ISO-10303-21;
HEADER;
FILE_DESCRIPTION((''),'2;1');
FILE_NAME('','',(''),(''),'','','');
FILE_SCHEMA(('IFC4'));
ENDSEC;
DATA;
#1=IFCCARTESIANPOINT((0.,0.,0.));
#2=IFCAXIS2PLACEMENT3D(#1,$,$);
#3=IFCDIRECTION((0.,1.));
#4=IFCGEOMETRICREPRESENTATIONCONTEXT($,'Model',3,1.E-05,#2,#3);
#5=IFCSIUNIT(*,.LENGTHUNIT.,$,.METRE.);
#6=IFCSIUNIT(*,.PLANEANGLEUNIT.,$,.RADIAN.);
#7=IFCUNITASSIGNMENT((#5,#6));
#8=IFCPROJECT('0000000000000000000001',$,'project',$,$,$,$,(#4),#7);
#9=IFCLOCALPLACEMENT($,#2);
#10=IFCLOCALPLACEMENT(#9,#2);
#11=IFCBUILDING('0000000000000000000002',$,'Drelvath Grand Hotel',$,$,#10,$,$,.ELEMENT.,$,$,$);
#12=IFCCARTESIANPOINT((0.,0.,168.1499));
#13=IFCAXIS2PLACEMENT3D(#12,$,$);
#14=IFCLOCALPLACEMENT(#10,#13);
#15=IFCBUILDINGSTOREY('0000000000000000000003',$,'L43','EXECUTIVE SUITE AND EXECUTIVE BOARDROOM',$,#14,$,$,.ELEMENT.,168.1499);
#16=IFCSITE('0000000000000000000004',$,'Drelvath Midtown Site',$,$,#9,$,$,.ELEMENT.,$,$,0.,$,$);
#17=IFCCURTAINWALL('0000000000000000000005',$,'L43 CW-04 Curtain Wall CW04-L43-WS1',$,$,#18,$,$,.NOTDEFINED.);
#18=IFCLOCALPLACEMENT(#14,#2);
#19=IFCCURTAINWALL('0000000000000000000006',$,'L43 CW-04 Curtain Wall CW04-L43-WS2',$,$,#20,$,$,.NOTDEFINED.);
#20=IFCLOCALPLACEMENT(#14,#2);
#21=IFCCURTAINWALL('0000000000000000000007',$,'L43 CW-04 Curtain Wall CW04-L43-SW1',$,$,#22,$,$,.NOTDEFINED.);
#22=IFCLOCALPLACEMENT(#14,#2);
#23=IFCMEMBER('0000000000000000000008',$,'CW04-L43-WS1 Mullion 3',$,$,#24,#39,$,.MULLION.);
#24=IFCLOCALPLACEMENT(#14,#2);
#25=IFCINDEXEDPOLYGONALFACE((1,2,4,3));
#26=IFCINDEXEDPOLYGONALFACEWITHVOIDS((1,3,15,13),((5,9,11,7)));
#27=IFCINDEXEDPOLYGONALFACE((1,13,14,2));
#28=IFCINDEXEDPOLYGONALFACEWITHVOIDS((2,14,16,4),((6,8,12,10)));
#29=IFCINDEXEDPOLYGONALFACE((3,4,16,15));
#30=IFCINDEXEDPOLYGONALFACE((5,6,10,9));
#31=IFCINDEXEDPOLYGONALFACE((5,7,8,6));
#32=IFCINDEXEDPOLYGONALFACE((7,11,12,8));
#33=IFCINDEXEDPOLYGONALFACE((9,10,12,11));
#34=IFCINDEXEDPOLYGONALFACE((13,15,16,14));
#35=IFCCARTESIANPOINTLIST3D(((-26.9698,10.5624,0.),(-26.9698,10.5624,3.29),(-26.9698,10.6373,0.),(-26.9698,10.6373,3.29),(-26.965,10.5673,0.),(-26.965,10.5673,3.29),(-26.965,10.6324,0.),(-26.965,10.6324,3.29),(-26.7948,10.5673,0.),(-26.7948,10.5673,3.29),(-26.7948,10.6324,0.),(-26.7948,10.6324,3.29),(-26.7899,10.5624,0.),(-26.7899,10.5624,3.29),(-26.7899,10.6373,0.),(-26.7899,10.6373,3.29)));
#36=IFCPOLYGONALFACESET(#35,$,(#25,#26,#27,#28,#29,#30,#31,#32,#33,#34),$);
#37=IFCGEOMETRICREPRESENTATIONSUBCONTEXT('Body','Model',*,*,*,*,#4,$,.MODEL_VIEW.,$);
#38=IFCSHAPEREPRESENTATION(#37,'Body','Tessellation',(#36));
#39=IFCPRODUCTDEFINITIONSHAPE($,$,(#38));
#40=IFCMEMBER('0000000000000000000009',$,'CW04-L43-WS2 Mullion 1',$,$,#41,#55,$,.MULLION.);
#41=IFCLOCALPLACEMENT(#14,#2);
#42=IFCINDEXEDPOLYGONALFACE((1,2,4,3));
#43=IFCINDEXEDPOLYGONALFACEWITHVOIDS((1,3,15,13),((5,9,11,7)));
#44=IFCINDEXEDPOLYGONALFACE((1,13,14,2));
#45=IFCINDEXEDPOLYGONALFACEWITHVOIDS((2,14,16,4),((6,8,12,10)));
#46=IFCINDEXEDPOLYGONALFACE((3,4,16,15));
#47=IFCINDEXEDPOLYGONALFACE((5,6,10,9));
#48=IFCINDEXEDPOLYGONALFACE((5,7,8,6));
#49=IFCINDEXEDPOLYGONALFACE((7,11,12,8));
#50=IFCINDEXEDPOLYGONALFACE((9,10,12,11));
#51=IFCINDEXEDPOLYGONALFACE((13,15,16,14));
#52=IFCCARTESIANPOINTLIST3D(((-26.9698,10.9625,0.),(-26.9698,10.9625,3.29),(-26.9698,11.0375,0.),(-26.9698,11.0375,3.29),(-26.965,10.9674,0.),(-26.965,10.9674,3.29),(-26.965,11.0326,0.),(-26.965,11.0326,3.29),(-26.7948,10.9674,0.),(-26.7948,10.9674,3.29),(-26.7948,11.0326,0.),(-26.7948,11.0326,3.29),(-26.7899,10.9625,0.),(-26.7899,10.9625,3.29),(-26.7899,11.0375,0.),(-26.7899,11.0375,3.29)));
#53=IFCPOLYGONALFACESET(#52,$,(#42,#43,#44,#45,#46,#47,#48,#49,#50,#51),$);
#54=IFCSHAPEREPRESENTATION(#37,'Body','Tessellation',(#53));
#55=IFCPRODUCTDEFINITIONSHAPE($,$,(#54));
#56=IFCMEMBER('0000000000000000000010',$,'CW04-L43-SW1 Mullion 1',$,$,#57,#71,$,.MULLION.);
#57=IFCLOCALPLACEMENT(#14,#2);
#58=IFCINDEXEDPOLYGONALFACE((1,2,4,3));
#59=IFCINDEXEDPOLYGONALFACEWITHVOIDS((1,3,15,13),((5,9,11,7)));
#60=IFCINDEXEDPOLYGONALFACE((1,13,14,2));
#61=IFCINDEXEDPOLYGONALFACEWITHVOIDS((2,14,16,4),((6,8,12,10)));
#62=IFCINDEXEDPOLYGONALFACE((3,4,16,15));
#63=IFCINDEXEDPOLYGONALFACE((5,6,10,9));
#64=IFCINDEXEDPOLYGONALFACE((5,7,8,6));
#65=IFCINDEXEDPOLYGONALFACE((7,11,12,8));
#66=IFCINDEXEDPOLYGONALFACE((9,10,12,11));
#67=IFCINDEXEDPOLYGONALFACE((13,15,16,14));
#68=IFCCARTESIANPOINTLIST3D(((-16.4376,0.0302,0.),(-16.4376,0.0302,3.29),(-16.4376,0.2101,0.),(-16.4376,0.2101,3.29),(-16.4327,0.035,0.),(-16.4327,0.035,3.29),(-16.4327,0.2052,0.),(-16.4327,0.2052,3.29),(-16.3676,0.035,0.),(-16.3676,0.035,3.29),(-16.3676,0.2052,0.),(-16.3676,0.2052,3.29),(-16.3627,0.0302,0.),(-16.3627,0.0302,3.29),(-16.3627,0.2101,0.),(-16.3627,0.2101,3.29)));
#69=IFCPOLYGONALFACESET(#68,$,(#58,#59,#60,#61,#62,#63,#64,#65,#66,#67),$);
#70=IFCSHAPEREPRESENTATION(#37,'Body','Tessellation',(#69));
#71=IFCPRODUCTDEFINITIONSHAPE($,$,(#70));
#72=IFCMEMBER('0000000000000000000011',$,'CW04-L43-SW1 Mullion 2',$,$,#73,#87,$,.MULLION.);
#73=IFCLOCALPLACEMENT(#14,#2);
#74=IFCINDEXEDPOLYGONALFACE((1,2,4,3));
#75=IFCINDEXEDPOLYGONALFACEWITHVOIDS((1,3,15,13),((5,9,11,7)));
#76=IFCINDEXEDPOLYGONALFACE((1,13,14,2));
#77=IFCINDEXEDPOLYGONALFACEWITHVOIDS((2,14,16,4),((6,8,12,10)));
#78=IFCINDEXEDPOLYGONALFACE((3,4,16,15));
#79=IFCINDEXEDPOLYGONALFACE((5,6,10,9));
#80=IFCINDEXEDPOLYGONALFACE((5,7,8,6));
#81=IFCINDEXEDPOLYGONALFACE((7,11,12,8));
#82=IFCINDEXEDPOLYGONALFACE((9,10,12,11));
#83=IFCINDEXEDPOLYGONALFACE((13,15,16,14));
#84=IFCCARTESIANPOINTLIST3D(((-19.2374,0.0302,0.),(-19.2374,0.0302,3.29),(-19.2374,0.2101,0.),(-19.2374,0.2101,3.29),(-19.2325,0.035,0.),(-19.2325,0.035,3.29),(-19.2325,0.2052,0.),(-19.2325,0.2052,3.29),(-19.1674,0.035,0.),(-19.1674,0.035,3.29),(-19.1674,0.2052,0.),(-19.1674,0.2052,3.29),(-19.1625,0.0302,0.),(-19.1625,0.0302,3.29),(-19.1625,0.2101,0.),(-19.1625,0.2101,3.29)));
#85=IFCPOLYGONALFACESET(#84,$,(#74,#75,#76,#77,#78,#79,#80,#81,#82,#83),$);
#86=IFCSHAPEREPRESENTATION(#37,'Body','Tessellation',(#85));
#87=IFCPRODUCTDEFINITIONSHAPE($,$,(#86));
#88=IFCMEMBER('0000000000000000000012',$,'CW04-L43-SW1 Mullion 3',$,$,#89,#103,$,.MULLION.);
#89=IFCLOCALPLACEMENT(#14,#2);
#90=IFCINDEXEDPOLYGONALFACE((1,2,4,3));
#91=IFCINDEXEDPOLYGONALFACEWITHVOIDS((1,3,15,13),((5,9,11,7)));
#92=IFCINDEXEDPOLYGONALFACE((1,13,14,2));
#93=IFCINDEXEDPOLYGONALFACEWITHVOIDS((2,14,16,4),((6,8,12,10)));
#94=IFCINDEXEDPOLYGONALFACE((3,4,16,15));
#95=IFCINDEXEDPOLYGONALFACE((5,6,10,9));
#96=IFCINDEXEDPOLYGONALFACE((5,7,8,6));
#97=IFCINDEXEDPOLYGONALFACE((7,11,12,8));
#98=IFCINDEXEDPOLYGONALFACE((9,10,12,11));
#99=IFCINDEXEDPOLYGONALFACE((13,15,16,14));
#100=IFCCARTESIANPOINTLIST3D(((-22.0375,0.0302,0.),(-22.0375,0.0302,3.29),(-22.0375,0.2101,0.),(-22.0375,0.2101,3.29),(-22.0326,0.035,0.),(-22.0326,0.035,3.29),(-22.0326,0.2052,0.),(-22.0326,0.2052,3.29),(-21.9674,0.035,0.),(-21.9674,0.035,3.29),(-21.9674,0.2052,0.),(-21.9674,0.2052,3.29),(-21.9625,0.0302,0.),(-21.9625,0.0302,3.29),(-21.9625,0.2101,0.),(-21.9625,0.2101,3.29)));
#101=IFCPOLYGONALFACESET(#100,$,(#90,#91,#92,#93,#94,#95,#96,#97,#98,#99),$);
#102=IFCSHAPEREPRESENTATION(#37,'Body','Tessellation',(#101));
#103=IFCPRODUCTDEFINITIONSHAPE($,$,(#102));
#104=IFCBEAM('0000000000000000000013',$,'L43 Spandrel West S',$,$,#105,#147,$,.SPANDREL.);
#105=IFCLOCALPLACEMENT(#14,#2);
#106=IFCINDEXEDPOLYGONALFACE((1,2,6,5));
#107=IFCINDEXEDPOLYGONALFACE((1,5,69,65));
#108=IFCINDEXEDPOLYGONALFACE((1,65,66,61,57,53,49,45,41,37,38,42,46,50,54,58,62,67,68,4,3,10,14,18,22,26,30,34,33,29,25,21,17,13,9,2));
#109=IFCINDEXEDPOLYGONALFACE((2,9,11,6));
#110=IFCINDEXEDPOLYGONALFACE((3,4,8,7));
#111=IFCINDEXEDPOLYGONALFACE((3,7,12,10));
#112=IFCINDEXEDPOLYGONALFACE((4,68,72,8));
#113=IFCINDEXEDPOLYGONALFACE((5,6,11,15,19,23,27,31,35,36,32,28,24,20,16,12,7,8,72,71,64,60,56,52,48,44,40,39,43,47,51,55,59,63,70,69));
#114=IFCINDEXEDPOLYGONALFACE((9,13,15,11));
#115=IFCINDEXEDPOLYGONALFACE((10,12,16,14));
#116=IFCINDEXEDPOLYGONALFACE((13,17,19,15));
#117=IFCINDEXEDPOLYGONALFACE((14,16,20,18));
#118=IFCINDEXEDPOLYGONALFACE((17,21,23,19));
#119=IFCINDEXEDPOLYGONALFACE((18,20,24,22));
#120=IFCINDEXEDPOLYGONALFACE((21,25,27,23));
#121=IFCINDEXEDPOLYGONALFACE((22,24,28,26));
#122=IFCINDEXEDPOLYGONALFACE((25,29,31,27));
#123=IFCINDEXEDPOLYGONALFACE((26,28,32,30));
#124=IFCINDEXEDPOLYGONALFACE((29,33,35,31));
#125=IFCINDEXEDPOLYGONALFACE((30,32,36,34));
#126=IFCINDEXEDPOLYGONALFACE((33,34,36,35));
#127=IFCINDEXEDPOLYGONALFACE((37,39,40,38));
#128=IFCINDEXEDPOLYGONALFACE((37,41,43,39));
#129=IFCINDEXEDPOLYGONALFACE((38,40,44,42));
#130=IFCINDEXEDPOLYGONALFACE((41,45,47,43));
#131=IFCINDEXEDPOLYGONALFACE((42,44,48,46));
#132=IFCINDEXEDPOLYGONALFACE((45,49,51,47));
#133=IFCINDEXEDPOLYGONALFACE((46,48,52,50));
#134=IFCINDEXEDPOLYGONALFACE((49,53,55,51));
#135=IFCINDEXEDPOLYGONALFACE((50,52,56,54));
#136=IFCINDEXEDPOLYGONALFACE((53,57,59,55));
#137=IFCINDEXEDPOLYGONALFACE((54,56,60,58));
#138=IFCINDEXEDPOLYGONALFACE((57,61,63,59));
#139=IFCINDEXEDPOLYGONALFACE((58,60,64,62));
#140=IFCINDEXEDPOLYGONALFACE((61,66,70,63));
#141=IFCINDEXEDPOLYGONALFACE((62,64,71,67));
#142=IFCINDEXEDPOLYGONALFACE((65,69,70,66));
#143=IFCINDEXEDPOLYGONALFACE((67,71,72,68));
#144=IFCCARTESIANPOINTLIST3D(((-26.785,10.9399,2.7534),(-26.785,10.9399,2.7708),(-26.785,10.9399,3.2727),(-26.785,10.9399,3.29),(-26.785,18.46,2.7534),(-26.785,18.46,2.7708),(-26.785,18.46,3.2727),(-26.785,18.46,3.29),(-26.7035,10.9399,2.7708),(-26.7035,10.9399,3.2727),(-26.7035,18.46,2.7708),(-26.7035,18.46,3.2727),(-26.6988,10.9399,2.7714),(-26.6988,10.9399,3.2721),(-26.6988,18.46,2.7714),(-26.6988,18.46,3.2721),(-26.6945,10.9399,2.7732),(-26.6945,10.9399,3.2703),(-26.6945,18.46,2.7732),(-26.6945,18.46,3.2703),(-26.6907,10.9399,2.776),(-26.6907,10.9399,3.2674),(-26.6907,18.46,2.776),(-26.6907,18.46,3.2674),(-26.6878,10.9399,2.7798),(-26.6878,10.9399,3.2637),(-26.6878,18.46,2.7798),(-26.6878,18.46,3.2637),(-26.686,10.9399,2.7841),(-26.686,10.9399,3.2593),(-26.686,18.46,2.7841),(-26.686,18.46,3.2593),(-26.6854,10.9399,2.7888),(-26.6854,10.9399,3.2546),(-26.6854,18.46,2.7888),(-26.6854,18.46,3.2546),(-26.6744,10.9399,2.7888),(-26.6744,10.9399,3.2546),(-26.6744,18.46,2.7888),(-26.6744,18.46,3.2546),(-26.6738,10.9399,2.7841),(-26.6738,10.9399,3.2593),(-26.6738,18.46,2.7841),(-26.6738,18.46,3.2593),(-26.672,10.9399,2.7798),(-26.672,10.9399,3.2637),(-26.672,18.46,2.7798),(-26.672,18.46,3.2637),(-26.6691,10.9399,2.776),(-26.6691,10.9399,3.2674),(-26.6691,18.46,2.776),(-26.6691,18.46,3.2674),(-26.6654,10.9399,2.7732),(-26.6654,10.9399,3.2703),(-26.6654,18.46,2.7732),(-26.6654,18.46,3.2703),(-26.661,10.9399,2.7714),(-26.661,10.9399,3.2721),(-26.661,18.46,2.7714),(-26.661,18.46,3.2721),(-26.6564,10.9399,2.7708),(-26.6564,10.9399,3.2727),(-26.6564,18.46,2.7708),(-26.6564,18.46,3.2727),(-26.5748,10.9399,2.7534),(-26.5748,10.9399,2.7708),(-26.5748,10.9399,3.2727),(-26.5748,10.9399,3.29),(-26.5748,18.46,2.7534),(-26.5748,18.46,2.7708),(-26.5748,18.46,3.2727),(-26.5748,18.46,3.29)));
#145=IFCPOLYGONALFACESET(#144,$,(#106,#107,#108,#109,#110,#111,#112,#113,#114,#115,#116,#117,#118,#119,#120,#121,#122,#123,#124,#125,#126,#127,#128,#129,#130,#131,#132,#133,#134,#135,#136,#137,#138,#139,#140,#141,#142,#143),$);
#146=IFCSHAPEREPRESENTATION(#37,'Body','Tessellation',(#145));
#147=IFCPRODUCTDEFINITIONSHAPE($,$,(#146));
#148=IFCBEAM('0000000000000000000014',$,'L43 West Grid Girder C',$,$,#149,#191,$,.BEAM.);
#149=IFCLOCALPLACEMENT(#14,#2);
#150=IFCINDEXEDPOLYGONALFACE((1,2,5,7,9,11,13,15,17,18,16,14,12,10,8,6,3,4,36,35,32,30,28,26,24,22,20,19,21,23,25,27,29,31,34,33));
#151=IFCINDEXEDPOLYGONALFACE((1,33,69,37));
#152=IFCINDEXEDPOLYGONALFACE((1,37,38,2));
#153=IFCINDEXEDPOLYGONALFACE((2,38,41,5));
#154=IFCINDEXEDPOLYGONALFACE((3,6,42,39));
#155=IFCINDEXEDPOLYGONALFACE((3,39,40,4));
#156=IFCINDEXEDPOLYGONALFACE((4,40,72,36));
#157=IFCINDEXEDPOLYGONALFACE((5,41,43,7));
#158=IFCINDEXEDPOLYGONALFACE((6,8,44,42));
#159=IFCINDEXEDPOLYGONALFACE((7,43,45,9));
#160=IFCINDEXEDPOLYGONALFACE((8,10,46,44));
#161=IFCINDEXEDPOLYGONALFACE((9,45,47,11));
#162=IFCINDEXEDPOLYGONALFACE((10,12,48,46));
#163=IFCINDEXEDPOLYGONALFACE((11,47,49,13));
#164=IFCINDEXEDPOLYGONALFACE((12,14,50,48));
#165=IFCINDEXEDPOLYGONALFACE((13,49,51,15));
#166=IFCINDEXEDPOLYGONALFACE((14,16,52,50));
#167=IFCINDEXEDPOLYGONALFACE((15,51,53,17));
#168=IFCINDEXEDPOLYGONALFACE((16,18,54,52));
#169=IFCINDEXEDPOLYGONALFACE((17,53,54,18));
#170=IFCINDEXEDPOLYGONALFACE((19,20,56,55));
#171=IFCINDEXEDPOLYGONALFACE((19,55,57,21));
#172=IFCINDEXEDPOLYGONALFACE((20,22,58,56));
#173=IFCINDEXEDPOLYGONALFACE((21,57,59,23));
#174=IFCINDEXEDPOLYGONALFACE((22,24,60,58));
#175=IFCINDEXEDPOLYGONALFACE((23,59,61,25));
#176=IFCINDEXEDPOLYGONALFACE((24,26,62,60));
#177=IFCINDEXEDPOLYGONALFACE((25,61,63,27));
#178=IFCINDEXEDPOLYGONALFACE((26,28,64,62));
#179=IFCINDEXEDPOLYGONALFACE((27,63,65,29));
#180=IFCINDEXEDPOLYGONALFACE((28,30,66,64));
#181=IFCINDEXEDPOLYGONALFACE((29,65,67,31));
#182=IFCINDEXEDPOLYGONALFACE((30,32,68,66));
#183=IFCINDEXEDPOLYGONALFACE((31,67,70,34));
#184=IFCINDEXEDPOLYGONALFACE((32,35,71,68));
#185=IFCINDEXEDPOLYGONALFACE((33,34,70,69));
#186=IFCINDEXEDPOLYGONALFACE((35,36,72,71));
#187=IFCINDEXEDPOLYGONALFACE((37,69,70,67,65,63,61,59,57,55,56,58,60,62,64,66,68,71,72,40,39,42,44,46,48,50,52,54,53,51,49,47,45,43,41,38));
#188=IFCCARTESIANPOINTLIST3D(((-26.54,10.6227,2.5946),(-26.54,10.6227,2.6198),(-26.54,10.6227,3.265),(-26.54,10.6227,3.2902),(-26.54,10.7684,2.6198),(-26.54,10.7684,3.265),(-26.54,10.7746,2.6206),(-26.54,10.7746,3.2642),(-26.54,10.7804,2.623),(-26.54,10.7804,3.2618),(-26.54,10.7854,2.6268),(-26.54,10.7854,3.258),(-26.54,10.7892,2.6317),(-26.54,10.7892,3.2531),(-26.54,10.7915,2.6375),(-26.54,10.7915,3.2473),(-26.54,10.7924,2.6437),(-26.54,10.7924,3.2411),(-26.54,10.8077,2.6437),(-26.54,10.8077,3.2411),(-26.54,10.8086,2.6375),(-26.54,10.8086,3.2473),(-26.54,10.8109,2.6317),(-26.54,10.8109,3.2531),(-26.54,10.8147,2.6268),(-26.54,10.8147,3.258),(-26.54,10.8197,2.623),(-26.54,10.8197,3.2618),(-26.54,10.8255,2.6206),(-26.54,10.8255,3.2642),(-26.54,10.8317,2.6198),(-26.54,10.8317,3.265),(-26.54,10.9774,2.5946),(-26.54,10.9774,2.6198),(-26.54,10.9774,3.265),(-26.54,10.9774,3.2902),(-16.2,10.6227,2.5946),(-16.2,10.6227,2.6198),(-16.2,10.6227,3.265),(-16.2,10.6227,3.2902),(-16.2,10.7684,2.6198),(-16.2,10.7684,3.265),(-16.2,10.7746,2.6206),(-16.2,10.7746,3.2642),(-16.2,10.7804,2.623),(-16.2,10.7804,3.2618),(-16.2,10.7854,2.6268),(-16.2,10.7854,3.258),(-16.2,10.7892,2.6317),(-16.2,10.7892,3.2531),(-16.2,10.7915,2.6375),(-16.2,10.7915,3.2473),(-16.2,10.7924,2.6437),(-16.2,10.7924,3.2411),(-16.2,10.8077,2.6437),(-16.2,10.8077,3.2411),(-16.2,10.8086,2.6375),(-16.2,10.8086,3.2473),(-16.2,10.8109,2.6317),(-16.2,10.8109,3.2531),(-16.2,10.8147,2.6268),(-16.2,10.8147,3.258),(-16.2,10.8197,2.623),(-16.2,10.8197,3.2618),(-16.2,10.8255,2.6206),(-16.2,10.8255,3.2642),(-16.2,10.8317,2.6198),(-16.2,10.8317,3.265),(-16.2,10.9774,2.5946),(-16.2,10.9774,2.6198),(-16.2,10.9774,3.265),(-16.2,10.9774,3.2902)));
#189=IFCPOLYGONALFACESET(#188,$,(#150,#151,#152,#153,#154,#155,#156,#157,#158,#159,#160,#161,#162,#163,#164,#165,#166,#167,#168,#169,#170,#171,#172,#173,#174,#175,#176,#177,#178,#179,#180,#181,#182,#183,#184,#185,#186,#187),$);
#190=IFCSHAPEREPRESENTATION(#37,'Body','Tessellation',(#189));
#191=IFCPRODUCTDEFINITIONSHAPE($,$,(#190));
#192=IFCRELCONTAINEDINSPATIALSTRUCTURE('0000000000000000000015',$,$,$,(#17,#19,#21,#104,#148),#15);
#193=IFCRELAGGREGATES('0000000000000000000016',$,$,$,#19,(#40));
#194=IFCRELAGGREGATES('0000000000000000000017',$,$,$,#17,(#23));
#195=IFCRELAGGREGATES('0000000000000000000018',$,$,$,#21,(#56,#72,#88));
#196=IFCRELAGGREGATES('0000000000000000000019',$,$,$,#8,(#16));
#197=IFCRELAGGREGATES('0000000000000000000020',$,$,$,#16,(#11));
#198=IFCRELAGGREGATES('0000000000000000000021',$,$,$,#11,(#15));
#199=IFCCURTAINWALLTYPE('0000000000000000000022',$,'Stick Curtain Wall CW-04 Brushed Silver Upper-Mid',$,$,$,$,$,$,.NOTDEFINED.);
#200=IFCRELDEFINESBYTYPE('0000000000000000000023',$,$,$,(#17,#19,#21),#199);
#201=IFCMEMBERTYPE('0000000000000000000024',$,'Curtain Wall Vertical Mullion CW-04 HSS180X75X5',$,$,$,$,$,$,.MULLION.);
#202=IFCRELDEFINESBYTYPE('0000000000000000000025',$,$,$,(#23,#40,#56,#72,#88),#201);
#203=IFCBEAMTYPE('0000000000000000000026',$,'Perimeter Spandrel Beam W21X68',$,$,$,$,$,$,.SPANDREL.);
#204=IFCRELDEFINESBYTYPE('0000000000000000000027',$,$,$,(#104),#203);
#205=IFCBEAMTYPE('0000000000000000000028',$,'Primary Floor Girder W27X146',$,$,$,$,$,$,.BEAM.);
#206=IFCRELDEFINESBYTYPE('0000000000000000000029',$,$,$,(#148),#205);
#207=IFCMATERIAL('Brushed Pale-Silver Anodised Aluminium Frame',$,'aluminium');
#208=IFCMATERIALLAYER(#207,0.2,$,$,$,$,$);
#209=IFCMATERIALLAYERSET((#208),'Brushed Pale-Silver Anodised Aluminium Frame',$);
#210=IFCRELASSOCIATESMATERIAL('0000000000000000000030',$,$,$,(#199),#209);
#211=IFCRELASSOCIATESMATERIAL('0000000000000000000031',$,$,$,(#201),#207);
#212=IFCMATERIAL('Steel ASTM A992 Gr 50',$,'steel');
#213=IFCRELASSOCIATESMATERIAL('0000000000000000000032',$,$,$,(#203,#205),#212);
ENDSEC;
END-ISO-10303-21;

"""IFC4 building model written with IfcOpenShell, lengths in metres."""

from ifc_helpers import new_model, si_unit, direction, frame, origin, origin_2d, place, context, subcontext, project, spatial, hollow_rectangle, i_section, extrude, material, layer, layer_set, material_profile, profile_set, type_object, element, aggregate, save


model = new_model("IFC4")

# Units and contexts
model_context = context("Model", 3, precision=1e-05, world=origin(), true_north=direction((0.0, 1.0)))
body_context = subcontext(model_context, "Body", "Model", "MODEL_VIEW")
ifc_project = project(units=[si_unit("LENGTHUNIT", "METRE"), si_unit("PLANEANGLEUNIT", "RADIAN")], contexts=[model_context])

# Site, building, storey
site_placement = place(None, origin())
site = spatial("IfcSite", under=ifc_project, at=site_placement, Name="Drelvath Midtown Site", CompositionType="ELEMENT", RefElevation=0.0)
building_placement = place(site_placement, origin())
building = spatial("IfcBuilding", under=site, at=building_placement, Name="Drelvath Grand Hotel", CompositionType="ELEMENT")
storey_placement = place(building_placement, frame((0.0, 0.0, 168.1499)))
storey = spatial("IfcBuildingStorey", under=building, at=storey_placement, Name="L43", Description="EXECUTIVE SUITE AND EXECUTIVE BOARDROOM", CompositionType="ELEMENT", Elevation=168.1499)

# Curtain walls
ifc_material_1 = material(Name="Brushed Pale-Silver Anodised Aluminium Frame", Category="aluminium")
ifc_layer_1 = layer(ifc_material_1, 0.2)
ifc_layer_set_1 = layer_set([ifc_layer_1], Name="Brushed Pale-Silver Anodised Aluminium Frame")
curtain_wall_type = type_object("IfcCurtainWallType", Name="Stick Curtain Wall CW-04 Brushed Silver Upper-Mid", PredefinedType="NOTDEFINED", material=ifc_layer_set_1)
curtain_wall_1_placement = place(storey_placement, origin())
curtain_wall_1 = element("IfcCurtainWall", 1, at=curtain_wall_1_placement, inside=storey, type_object=curtain_wall_type, Name="L43 CW-04 Curtain Wall CW04-L43-WS1", PredefinedType="NOTDEFINED")
curtain_wall_2_placement = place(storey_placement, origin())
curtain_wall_2 = element("IfcCurtainWall", 2, at=curtain_wall_2_placement, inside=storey, type_object=curtain_wall_type, Name="L43 CW-04 Curtain Wall CW04-L43-WS2", PredefinedType="NOTDEFINED")
curtain_wall_3_placement = place(storey_placement, origin())
curtain_wall_3 = element("IfcCurtainWall", 3, at=curtain_wall_3_placement, inside=storey, type_object=curtain_wall_type, Name="L43 CW-04 Curtain Wall CW04-L43-SW1", PredefinedType="NOTDEFINED")

# Members
ifc_material_profile_1 = material_profile(ifc_material_1, hollow_rectangle(XDim=0.075, YDim=0.1799, WallThickness=0.0049, at=origin_2d()), Name="HSS180X75X5")
ifc_profile_set_1 = profile_set([ifc_material_profile_1], Name="Brushed Pale-Silver Anodised Aluminium Frame")
member_type_1 = type_object("IfcMemberType", Name="Curtain Wall Vertical Mullion CW-04 HSS180X75X5", PredefinedType="MULLION", material=ifc_profile_set_1)
member_1_placement = place(storey_placement, frame((-26.8799, 10.5999, 0.0), z_axis=(0.0, 0.0, 1.0), x_axis=(0.0, 1.0, 0.0)))
member_1 = element("IfcMember", 4, at=member_1_placement, type_object=member_type_1, Name="CW04-L43-WS1 Mullion 3", PredefinedType="MULLION", context=body_context, shape_type="SweptSolid", body=[
    extrude(hollow_rectangle(XDim=0.075, YDim=0.1799, WallThickness=0.0049, at=origin_2d()), origin(), (0.0, 0.0, 1.0), 3.29),
])
member_2_placement = place(storey_placement, frame((-26.8799, 11.0, 0.0), z_axis=(0.0, 0.0, 1.0), x_axis=(0.0, 1.0, 0.0)))
member_2 = element("IfcMember", 5, at=member_2_placement, type_object=member_type_1, Name="CW04-L43-WS2 Mullion 1", PredefinedType="MULLION", context=body_context, shape_type="SweptSolid", body=[
    extrude(hollow_rectangle(XDim=0.075, YDim=0.1799, WallThickness=0.0049, at=origin_2d()), origin(), (0.0, 0.0, 1.0), 3.29),
])
aggregate(curtain_wall_2, [member_2])
member_3_placement = place(storey_placement, frame((-16.4001, 0.1201, 0.0), z_axis=(0.0, 0.0, 1.0), x_axis=(1.0, 0.0, 0.0)))
member_3 = element("IfcMember", 6, at=member_3_placement, type_object=member_type_1, Name="CW04-L43-SW1 Mullion 1", PredefinedType="MULLION", context=body_context, shape_type="SweptSolid", body=[
    extrude(hollow_rectangle(XDim=0.075, YDim=0.1799, WallThickness=0.0049, at=origin_2d()), origin(), (0.0, 0.0, 1.0), 3.29),
])
member_4_placement = place(storey_placement, frame((-19.2, 0.1201, 0.0), z_axis=(0.0, 0.0, 1.0), x_axis=(1.0, 0.0, 0.0)))
member_4 = element("IfcMember", 7, at=member_4_placement, type_object=member_type_1, Name="CW04-L43-SW1 Mullion 2", PredefinedType="MULLION", context=body_context, shape_type="SweptSolid", body=[
    extrude(hollow_rectangle(XDim=0.075, YDim=0.1799, WallThickness=0.0049, at=origin_2d()), origin(), (0.0, 0.0, 1.0), 3.29),
])
member_5_placement = place(storey_placement, frame((-22.0, 0.1201, 0.0), z_axis=(0.0, 0.0, 1.0), x_axis=(1.0, 0.0, 0.0)))
member_5 = element("IfcMember", 8, at=member_5_placement, type_object=member_type_1, Name="CW04-L43-SW1 Mullion 3", PredefinedType="MULLION", context=body_context, shape_type="SweptSolid", body=[
    extrude(hollow_rectangle(XDim=0.075, YDim=0.1799, WallThickness=0.0049, at=origin_2d()), origin(), (0.0, 0.0, 1.0), 3.29),
])

# Beams
ifc_material_2 = material(Name="Steel ASTM A992 Gr 50", Category="steel")
ifc_material_profile_2 = material_profile(ifc_material_2, i_section(OverallWidth=0.2102, OverallDepth=0.5366, WebThickness=0.011, FlangeThickness=0.0173, FilletRadius=0.0181, at=origin_2d()), Name="W21X68")
ifc_profile_set_2 = profile_set([ifc_material_profile_2], Name="Steel ASTM A992 Gr 50")
beam_type_1 = type_object("IfcBeamType", Name="Perimeter Spandrel Beam W21X68", PredefinedType="SPANDREL", material=ifc_profile_set_2)
beam_placement = place(storey_placement, frame((-26.6799, 10.9399, 3.0217), z_axis=(0.0, 1.0, 0.0), x_axis=(-1.0, 0.0, 0.0)))
element("IfcBeam", 9, at=beam_placement, inside=storey, type_object=beam_type_1, Name="L43 Spandrel West S", PredefinedType="SPANDREL", context=body_context, shape_type="SweptSolid", body=[
    extrude(i_section(OverallWidth=0.2102, OverallDepth=0.5366, WebThickness=0.011, FlangeThickness=0.0173, FilletRadius=0.0181, at=origin_2d()), origin(), (0.0, 0.0, 1.0), 7.52),
])
ifc_material_profile_3 = material_profile(ifc_material_2, i_section(OverallWidth=0.3547, OverallDepth=0.6956, WebThickness=0.0154, FlangeThickness=0.0251, FilletRadius=0.0239, at=origin_2d()), Name="W27X146")
ifc_profile_set_3 = profile_set([ifc_material_profile_3], Name="Steel ASTM A992 Gr 50")
beam_type_2 = type_object("IfcBeamType", Name="Primary Floor Girder W27X146", PredefinedType="BEAM", material=ifc_profile_set_3)
for number, where, z_axis, x_axis, name in (
    (10, (-26.54, 10.8, 2.9424), (1.0, 0.0, 0.0), (0.0, 1.0, 0.0), "L43 West Grid Girder C"),
):
    element("IfcBeam", number, at=place(storey_placement, frame(where, z_axis=z_axis, x_axis=x_axis)), inside=storey, type_object=beam_type_2, Name=name, PredefinedType="BEAM", context=body_context, shape_type="SweptSolid", body=[
        extrude(i_section(OverallWidth=0.3547, OverallDepth=0.6956, WebThickness=0.0154, FlangeThickness=0.0251, FilletRadius=0.0239, at=origin_2d()), origin(), (0.0, 0.0, 1.0), 10.3401),
    ])

aggregate(curtain_wall_1, [member_1])
aggregate(curtain_wall_3, [member_3, member_4, member_5])

save(model, "model.ifc")
